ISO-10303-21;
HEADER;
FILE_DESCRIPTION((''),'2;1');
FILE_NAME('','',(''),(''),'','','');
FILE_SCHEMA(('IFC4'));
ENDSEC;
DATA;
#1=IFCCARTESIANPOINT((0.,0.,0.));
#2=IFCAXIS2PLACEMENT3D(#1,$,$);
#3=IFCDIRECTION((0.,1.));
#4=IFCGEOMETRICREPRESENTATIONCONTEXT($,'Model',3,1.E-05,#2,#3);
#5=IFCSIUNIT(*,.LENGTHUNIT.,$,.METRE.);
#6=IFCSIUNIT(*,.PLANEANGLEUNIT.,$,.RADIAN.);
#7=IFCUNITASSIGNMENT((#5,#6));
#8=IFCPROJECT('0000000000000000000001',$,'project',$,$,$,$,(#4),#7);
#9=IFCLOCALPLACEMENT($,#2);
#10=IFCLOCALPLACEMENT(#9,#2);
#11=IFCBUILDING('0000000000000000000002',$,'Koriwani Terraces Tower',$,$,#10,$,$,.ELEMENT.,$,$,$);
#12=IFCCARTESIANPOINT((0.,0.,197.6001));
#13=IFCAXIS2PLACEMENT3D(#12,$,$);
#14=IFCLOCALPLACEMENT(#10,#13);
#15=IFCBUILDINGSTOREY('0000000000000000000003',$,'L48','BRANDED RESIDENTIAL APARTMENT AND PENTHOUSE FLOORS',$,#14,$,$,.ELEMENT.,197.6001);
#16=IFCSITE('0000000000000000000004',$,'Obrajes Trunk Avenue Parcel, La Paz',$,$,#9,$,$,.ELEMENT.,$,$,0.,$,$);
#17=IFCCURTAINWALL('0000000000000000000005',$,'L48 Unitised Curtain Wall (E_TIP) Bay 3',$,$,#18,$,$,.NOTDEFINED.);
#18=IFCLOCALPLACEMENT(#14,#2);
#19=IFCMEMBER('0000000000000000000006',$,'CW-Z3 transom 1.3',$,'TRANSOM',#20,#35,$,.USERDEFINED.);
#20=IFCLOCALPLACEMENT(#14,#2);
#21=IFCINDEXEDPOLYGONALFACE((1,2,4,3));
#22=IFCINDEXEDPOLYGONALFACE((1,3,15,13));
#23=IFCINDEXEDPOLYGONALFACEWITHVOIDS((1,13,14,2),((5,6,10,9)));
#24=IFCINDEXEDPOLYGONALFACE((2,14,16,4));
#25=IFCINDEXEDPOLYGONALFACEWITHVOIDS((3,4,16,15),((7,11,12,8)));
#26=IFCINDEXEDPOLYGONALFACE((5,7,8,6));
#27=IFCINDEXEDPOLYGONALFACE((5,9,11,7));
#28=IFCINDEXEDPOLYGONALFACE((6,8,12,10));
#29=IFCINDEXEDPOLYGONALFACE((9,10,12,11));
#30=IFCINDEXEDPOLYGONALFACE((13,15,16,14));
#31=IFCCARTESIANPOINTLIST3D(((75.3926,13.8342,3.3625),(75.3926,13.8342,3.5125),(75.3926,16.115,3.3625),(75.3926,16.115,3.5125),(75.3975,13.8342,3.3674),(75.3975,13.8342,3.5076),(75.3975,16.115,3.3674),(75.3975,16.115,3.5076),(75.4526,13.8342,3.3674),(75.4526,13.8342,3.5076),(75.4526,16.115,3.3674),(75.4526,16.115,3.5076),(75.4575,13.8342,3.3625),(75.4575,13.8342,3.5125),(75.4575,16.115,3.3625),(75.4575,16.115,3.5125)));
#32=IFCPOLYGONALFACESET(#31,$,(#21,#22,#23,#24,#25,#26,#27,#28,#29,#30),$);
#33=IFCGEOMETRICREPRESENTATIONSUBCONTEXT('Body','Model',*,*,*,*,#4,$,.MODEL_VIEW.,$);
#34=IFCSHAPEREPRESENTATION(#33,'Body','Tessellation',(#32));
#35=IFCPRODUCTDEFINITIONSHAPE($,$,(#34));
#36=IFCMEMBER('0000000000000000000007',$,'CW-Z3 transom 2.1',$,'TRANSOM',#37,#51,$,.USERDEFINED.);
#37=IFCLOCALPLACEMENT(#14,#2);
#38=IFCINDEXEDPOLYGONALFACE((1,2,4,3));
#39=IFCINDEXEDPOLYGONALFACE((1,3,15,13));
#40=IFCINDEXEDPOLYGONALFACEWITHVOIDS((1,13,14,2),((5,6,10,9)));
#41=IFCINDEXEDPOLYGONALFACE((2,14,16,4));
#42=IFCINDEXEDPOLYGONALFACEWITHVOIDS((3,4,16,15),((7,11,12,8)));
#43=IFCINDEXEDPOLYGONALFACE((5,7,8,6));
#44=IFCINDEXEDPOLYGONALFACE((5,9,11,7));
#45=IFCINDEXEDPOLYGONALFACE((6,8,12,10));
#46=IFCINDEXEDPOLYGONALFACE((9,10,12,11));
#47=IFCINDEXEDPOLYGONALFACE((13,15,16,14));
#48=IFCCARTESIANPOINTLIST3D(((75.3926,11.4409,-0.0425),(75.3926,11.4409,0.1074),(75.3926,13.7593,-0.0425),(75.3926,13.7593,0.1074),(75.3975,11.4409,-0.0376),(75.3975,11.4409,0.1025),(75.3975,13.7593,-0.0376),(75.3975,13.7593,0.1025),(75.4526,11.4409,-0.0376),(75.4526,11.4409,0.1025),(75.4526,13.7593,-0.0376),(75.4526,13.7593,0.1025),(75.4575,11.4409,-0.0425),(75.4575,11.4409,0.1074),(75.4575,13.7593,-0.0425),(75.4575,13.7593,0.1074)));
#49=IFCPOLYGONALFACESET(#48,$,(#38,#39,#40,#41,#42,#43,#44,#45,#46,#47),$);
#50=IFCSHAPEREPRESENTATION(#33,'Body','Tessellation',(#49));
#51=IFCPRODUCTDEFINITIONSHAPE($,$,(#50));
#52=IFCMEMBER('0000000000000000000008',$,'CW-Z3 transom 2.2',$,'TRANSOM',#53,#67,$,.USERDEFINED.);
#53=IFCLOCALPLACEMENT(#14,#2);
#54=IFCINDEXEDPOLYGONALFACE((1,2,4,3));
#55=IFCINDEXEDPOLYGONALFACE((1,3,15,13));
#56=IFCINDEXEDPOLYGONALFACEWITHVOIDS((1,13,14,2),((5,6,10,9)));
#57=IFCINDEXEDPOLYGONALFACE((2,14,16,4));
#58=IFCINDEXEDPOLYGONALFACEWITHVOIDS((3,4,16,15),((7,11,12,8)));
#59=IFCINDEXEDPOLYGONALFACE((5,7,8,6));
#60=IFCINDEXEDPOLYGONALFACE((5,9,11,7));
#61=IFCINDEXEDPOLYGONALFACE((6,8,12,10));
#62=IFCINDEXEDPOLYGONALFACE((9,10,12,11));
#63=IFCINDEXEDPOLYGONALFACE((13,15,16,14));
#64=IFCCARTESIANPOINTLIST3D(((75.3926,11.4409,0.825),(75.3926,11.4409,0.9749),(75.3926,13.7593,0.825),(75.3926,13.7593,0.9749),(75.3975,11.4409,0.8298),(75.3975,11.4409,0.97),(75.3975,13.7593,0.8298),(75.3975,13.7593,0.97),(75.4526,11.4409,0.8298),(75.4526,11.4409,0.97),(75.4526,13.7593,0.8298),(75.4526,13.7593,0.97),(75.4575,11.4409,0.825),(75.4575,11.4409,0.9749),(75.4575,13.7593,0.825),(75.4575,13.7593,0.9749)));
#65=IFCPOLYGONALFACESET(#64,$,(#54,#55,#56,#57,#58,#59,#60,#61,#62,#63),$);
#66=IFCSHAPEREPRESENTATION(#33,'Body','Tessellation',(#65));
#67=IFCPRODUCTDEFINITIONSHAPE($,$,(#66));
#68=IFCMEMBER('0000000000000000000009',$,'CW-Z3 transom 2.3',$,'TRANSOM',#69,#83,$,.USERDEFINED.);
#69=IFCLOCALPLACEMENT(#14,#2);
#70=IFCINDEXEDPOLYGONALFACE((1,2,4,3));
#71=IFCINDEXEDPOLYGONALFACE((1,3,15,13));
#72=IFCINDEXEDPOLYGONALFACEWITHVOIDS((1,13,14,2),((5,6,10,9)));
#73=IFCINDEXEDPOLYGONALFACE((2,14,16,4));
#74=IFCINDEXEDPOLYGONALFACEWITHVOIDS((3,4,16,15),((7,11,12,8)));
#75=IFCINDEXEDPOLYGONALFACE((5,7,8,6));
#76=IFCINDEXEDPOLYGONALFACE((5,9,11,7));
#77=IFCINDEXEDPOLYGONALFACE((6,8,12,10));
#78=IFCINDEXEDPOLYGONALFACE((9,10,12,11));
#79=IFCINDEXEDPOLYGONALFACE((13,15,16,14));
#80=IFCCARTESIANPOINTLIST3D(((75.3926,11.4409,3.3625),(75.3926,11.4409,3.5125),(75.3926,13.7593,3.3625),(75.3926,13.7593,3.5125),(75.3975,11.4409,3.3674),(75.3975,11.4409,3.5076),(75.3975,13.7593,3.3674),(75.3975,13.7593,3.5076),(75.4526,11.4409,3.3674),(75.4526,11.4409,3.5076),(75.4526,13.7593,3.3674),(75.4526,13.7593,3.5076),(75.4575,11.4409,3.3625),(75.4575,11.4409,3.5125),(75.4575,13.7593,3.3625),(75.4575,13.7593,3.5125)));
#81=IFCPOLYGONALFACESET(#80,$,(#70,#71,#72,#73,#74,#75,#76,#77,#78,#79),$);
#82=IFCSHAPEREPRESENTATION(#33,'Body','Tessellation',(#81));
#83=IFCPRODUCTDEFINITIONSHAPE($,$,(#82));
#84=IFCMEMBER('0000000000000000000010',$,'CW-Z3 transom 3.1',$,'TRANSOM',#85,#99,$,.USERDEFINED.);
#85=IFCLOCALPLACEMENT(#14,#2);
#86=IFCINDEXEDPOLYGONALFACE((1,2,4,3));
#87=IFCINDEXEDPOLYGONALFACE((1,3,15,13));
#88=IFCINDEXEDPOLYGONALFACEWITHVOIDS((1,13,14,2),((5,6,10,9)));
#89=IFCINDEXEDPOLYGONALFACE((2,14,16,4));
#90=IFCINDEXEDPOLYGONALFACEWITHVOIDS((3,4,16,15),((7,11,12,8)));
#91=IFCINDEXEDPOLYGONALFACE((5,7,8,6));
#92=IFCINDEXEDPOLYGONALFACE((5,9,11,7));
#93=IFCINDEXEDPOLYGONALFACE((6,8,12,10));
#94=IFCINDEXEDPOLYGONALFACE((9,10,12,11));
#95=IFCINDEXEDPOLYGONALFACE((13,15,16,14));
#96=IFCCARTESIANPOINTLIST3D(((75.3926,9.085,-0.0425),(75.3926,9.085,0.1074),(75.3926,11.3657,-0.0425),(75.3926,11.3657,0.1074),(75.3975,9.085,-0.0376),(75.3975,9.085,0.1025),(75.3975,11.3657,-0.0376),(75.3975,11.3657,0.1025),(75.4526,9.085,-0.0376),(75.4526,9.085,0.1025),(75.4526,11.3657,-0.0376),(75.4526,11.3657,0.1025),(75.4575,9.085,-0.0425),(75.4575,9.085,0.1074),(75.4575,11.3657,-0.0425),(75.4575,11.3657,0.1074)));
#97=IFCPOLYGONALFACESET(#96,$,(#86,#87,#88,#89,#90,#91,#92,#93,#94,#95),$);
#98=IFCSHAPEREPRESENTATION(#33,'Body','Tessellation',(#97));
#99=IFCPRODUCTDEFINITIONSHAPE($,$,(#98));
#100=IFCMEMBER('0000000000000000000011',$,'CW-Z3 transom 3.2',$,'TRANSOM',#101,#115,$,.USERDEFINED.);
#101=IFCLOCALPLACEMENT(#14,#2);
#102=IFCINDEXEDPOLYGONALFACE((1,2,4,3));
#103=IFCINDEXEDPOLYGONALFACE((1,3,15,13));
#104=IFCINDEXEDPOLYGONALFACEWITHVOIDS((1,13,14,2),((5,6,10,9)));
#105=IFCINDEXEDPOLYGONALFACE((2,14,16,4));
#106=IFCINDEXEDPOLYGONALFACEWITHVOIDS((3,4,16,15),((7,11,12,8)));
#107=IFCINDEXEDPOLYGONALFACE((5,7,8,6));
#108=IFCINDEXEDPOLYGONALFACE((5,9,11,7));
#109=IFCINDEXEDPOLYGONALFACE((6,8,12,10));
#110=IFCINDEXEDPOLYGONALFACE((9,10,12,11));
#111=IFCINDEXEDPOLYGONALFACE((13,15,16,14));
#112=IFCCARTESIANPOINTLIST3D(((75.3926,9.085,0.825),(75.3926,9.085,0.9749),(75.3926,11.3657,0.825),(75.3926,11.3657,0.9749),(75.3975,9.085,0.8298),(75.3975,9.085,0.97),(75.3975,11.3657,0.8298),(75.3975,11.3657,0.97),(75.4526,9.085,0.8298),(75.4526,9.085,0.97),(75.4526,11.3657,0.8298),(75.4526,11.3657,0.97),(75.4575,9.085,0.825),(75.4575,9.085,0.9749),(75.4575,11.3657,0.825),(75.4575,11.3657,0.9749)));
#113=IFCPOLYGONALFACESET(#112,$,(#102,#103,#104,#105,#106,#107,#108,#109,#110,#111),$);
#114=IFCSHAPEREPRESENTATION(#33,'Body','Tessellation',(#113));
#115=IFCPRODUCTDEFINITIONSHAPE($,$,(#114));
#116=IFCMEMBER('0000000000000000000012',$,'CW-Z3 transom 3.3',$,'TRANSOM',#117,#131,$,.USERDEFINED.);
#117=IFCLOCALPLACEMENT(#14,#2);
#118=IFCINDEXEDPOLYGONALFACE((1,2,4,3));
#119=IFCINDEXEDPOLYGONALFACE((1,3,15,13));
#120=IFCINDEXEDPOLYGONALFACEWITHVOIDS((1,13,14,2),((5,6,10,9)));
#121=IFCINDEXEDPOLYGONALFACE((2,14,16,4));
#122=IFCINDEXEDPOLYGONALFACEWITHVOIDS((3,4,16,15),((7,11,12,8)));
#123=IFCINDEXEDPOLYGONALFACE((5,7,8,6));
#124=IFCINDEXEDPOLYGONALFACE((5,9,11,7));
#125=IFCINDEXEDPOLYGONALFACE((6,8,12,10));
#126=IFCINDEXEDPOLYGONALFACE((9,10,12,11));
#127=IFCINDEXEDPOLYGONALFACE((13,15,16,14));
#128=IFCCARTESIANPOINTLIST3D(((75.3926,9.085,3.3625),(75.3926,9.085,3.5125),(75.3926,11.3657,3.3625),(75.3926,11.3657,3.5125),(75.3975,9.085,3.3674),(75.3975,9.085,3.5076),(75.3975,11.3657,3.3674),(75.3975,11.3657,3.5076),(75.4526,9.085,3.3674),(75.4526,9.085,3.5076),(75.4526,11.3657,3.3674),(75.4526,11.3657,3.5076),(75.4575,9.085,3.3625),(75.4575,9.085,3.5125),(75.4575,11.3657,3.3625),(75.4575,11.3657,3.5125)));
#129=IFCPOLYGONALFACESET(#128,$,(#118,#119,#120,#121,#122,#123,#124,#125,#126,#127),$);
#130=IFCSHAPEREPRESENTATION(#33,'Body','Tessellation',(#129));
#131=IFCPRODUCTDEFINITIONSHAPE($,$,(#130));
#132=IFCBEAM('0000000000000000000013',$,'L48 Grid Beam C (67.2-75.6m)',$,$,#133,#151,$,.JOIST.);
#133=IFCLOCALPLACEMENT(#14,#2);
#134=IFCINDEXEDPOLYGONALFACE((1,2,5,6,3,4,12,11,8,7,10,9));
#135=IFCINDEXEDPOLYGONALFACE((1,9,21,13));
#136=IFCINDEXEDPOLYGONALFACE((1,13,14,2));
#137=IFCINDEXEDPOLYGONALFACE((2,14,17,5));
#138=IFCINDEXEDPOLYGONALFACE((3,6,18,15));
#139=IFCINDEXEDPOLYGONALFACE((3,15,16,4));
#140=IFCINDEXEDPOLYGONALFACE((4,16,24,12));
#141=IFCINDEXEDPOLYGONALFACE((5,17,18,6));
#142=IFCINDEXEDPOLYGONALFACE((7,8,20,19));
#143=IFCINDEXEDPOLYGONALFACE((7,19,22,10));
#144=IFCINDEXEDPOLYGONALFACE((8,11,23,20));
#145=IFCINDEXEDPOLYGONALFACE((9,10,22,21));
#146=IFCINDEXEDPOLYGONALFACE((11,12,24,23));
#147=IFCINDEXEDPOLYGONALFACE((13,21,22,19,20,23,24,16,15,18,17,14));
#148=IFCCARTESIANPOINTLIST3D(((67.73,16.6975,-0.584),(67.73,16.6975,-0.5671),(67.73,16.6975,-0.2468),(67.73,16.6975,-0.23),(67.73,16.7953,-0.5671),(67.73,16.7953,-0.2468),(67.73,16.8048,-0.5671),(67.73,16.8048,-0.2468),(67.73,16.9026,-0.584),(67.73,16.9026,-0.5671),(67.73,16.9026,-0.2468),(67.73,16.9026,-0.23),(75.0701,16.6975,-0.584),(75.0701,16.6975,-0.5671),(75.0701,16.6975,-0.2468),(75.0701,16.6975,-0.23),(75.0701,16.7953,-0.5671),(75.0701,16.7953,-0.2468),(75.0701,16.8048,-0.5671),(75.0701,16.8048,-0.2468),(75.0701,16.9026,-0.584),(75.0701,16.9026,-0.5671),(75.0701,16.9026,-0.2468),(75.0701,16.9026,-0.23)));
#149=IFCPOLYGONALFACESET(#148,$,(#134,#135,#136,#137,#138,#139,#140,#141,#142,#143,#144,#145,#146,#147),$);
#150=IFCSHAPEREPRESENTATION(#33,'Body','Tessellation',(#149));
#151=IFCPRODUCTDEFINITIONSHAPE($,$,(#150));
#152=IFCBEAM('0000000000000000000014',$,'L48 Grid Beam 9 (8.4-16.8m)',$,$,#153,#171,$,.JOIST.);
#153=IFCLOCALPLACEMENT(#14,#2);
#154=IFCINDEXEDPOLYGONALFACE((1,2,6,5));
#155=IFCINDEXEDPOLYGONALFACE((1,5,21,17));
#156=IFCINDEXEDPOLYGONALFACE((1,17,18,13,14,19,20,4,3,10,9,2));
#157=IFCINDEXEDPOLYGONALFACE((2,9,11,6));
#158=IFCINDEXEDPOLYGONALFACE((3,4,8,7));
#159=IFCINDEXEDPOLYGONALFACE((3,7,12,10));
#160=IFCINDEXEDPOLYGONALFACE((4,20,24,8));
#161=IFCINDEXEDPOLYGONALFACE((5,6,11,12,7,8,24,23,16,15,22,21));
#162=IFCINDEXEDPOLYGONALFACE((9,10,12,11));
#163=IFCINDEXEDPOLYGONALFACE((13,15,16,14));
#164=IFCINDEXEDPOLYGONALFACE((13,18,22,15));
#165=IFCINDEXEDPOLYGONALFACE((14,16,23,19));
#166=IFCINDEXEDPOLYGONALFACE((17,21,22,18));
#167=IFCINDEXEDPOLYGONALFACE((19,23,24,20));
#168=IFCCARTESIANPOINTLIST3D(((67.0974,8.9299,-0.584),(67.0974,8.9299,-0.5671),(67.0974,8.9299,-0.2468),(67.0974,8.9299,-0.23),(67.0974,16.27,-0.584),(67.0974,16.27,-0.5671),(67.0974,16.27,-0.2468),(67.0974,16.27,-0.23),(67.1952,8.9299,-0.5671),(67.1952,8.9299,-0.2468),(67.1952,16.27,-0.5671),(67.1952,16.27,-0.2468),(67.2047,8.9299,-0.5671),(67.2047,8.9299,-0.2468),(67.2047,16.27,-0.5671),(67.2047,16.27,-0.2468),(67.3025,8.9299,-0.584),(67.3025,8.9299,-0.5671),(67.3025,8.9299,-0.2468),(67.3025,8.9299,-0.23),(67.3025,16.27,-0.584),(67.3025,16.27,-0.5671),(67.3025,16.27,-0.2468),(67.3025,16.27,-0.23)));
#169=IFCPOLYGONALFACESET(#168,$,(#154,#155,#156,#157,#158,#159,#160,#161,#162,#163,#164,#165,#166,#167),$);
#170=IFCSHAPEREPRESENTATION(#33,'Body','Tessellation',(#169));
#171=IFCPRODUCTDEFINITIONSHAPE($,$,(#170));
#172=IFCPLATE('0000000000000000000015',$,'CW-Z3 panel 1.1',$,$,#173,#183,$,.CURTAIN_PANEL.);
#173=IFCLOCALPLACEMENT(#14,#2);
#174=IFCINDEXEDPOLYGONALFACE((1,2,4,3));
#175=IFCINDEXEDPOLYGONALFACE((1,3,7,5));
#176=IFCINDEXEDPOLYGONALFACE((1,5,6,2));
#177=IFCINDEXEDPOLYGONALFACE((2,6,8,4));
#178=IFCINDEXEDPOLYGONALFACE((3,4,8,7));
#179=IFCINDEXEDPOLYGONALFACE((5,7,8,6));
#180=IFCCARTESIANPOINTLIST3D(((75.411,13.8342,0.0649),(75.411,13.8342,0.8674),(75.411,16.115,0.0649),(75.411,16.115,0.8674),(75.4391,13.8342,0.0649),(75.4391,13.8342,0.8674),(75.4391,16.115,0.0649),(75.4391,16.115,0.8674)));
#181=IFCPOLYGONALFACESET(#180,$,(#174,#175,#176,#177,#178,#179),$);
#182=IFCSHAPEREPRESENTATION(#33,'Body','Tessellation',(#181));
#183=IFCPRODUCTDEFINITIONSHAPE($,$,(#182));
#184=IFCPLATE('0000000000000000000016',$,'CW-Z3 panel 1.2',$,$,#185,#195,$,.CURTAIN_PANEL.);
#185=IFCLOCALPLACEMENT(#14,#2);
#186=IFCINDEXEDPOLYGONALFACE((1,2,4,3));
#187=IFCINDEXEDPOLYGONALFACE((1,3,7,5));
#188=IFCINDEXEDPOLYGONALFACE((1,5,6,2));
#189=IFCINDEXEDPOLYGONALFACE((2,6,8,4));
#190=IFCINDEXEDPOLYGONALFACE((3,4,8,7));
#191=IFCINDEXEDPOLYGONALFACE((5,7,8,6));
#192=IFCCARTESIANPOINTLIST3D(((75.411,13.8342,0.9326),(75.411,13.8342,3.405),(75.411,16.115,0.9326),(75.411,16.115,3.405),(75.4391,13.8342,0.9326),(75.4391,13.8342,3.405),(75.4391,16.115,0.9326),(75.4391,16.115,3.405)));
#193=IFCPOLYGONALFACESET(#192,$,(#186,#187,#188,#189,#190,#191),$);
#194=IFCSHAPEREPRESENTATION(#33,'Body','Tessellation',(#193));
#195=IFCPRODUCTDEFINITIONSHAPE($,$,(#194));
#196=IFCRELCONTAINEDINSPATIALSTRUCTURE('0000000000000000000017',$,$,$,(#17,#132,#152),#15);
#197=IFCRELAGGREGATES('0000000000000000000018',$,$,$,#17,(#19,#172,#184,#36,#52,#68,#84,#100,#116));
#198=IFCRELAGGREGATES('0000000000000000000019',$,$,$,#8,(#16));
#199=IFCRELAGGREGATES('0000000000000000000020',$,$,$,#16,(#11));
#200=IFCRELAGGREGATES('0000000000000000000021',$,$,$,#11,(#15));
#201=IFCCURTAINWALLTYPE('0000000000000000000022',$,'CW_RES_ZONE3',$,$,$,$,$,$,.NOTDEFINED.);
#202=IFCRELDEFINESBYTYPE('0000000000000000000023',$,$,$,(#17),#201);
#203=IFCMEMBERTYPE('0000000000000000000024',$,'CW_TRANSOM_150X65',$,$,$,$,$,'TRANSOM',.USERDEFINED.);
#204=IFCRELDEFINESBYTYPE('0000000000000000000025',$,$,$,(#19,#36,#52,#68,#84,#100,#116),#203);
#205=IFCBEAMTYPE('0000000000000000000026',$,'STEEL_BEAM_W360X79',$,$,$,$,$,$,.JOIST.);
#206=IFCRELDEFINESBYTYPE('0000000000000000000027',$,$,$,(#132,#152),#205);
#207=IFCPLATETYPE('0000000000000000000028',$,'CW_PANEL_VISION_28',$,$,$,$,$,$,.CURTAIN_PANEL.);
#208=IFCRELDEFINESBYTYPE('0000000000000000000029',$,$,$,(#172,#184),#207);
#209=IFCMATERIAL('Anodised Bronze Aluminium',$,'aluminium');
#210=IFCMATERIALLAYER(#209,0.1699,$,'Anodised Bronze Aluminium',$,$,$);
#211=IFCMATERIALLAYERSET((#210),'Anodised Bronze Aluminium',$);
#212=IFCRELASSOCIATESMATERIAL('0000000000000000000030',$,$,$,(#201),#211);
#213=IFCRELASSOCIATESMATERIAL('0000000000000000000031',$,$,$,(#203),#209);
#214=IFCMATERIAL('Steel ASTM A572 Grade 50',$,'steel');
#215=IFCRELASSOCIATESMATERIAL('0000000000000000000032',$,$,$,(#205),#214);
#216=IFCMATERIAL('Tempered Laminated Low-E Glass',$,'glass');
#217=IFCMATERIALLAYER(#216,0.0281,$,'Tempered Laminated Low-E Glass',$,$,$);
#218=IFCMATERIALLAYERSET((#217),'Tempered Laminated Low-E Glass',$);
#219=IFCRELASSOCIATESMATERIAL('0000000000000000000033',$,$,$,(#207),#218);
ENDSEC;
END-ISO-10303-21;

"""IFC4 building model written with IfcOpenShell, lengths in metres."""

from ifc_helpers import new_model, si_unit, direction, frame, origin, origin_2d, place, context, subcontext, project, spatial, rectangle, hollow_rectangle, i_section, extrude, material, layer, layer_set, material_profile, profile_set, type_object, element, aggregate, save


model = new_model("IFC4")

# Units and contexts
model_context = context("Model", 3, precision=1e-05, world=origin(), true_north=direction((0.0, 1.0)))
body_context = subcontext(model_context, "Body", "Model", "MODEL_VIEW")
ifc_project = project(units=[si_unit("LENGTHUNIT", "METRE"), si_unit("PLANEANGLEUNIT", "RADIAN")], contexts=[model_context])

# Site, building, storey
site_placement = place(None, origin())
site = spatial("IfcSite", under=ifc_project, at=site_placement, Name="Obrajes Trunk Avenue Parcel, La Paz", CompositionType="ELEMENT", RefElevation=0.0)
building_placement = place(site_placement, origin())
building = spatial("IfcBuilding", under=site, at=building_placement, Name="Koriwani Terraces Tower", CompositionType="ELEMENT")
storey_placement = place(building_placement, frame((0.0, 0.0, 197.6001)))
storey = spatial("IfcBuildingStorey", under=building, at=storey_placement, Name="L48", Description="BRANDED RESIDENTIAL APARTMENT AND PENTHOUSE FLOORS", CompositionType="ELEMENT", Elevation=197.6001)

# Shared definitions
ifc_material_1 = material(Name="Anodised Bronze Aluminium", Category="aluminium")
ifc_layer_1 = layer(ifc_material_1, 0.1699, Name="Anodised Bronze Aluminium")
ifc_layer_set_1 = layer_set([ifc_layer_1], Name="Anodised Bronze Aluminium")
curtain_wall_type = type_object("IfcCurtainWallType", Name="CW_RES_ZONE3", PredefinedType="NOTDEFINED", material=ifc_layer_set_1)

# Curtain wall, members
curtain_wall_1_placement = place(storey_placement, origin())
curtain_wall_1 = element("IfcCurtainWall", 1, at=curtain_wall_1_placement, inside=storey, type_object=curtain_wall_type, Name="L48 Unitised Curtain Wall (E_TIP) Bay 3", PredefinedType="NOTDEFINED")
ifc_material_profile_1 = material_profile(ifc_material_1, hollow_rectangle(XDim=0.0649, YDim=0.1499, WallThickness=0.0049, at=origin_2d()), Name="Anodised Bronze Aluminium", Category="LoadBearing")
ifc_profile_set_1 = profile_set([ifc_material_profile_1], Name="Anodised Bronze Aluminium")
member_type_1 = type_object("IfcMemberType", Name="CW_TRANSOM_150X65", ElementType="TRANSOM", PredefinedType="USERDEFINED", material=ifc_profile_set_1)
member_1_placement = place(storey_placement, frame((75.425, 16.115, 3.4375), z_axis=(0.0, -1.0, 0.0), x_axis=(1.0, 0.0, 0.0)))
member_1 = element("IfcMember", 2, at=member_1_placement, type_object=member_type_1, Name="CW-Z3 transom 1.3", ObjectType="TRANSOM", PredefinedType="USERDEFINED", context=body_context, shape_type="SweptSolid", body=[
    extrude(hollow_rectangle(XDim=0.0649, YDim=0.1499, WallThickness=0.0049, at=origin_2d()), origin(), (0.0, 0.0, 1.0), 2.2808),
])
member_2_placement = place(storey_placement, frame((75.425, 13.7593, 0.0325), z_axis=(0.0, -1.0, 0.0), x_axis=(1.0, 0.0, 0.0)))
member_2 = element("IfcMember", 3, at=member_2_placement, type_object=member_type_1, Name="CW-Z3 transom 2.1", ObjectType="TRANSOM", PredefinedType="USERDEFINED", context=body_context, shape_type="SweptSolid", body=[
    extrude(hollow_rectangle(XDim=0.0649, YDim=0.1499, WallThickness=0.0049, at=origin_2d()), origin(), (0.0, 0.0, 1.0), 2.3184),
])
member_3_placement = place(storey_placement, frame((75.425, 13.7593, 0.8999), z_axis=(0.0, -1.0, 0.0), x_axis=(1.0, 0.0, 0.0)))
member_3 = element("IfcMember", 4, at=member_3_placement, type_object=member_type_1, Name="CW-Z3 transom 2.2", ObjectType="TRANSOM", PredefinedType="USERDEFINED", context=body_context, shape_type="SweptSolid", body=[
    extrude(hollow_rectangle(XDim=0.0649, YDim=0.1499, WallThickness=0.0049, at=origin_2d()), origin(), (0.0, 0.0, 1.0), 2.3184),
])
member_4_placement = place(storey_placement, frame((75.425, 13.7593, 3.4375), z_axis=(0.0, -1.0, 0.0), x_axis=(1.0, 0.0, 0.0)))
member_4 = element("IfcMember", 5, at=member_4_placement, type_object=member_type_1, Name="CW-Z3 transom 2.3", ObjectType="TRANSOM", PredefinedType="USERDEFINED", context=body_context, shape_type="SweptSolid", body=[
    extrude(hollow_rectangle(XDim=0.0649, YDim=0.1499, WallThickness=0.0049, at=origin_2d()), origin(), (0.0, 0.0, 1.0), 2.3184),
])
member_5_placement = place(storey_placement, frame((75.425, 11.3657, 0.0325), z_axis=(0.0, -1.0, 0.0), x_axis=(1.0, 0.0, 0.0)))
member_5 = element("IfcMember", 6, at=member_5_placement, type_object=member_type_1, Name="CW-Z3 transom 3.1", ObjectType="TRANSOM", PredefinedType="USERDEFINED", context=body_context, shape_type="SweptSolid", body=[
    extrude(hollow_rectangle(XDim=0.0649, YDim=0.1499, WallThickness=0.0049, at=origin_2d()), origin(), (0.0, 0.0, 1.0), 2.2808),
])
member_6_placement = place(storey_placement, frame((75.425, 11.3657, 0.8999), z_axis=(0.0, -1.0, 0.0), x_axis=(1.0, 0.0, 0.0)))
member_6 = element("IfcMember", 7, at=member_6_placement, type_object=member_type_1, Name="CW-Z3 transom 3.2", ObjectType="TRANSOM", PredefinedType="USERDEFINED", context=body_context, shape_type="SweptSolid", body=[
    extrude(hollow_rectangle(XDim=0.0649, YDim=0.1499, WallThickness=0.0049, at=origin_2d()), origin(), (0.0, 0.0, 1.0), 2.2808),
])
member_7_placement = place(storey_placement, frame((75.425, 11.3657, 3.4375), z_axis=(0.0, -1.0, 0.0), x_axis=(1.0, 0.0, 0.0)))
member_7 = element("IfcMember", 8, at=member_7_placement, type_object=member_type_1, Name="CW-Z3 transom 3.3", ObjectType="TRANSOM", PredefinedType="USERDEFINED", context=body_context, shape_type="SweptSolid", body=[
    extrude(hollow_rectangle(XDim=0.0649, YDim=0.1499, WallThickness=0.0049, at=origin_2d()), origin(), (0.0, 0.0, 1.0), 2.2808),
])

# Beams
ifc_material_2 = material(Name="Steel ASTM A572 Grade 50", Category="steel")
ifc_material_profile_2 = material_profile(ifc_material_2, i_section(OverallWidth=0.2051, OverallDepth=0.354, WebThickness=0.0095, FlangeThickness=0.0168, at=origin_2d()), Name="Steel ASTM A572 Grade 50", Category="LoadBearing")
ifc_profile_set_2 = profile_set([ifc_material_profile_2], Name="Steel ASTM A572 Grade 50")
beam_type_1 = type_object("IfcBeamType", Name="STEEL_BEAM_W360X79", PredefinedType="JOIST", material=ifc_profile_set_2)
for number, where, z_axis, x_axis, name in (
    (9, (67.73, 16.8, -0.407), (1.0, 0.0, 0.0), (0.0, 1.0, 0.0), "L48 Grid Beam C (67.2-75.6m)"),
    (10, (67.2, 8.9299, -0.407), (0.0, 1.0, 0.0), (-1.0, 0.0, 0.0), "L48 Grid Beam 9 (8.4-16.8m)"),
):
    element("IfcBeam", number, at=place(storey_placement, frame(where, z_axis=z_axis, x_axis=x_axis)), inside=storey, type_object=beam_type_1, Name=name, PredefinedType="JOIST", context=body_context, shape_type="SweptSolid", body=[
        extrude(i_section(OverallWidth=0.2051, OverallDepth=0.354, WebThickness=0.0095, FlangeThickness=0.0168, at=origin_2d()), origin(), (0.0, 0.0, 1.0), 7.3401),
    ])

# Plates
ifc_material_3 = material(Name="Tempered Laminated Low-E Glass", Category="glass")
ifc_layer_2 = layer(ifc_material_3, 0.0281, Name="Tempered Laminated Low-E Glass")
ifc_layer_set_2 = layer_set([ifc_layer_2], Name="Tempered Laminated Low-E Glass")
plate_type = type_object("IfcPlateType", Name="CW_PANEL_VISION_28", PredefinedType="CURTAIN_PANEL", material=ifc_layer_set_2)
plate_1_placement = place(storey_placement, frame((75.425, 14.9746, 0.0649), z_axis=(0.0, 0.0, 1.0), x_axis=(0.0, -1.0, 0.0)))
plate_1 = element("IfcPlate", 11, at=plate_1_placement, type_object=plate_type, Name="CW-Z3 panel 1.1", PredefinedType="CURTAIN_PANEL", context=body_context, shape_type="SweptSolid", body=[
    extrude(rectangle(XDim=2.2808, YDim=0.0281, at=origin_2d()), origin(), (0.0, 0.0, 1.0), 0.8025),
])
plate_2_placement = place(storey_placement, frame((75.425, 14.9746, 0.9326), z_axis=(0.0, 0.0, 1.0), x_axis=(0.0, -1.0, 0.0)))
plate_2 = element("IfcPlate", 12, at=plate_2_placement, type_object=plate_type, Name="CW-Z3 panel 1.2", PredefinedType="CURTAIN_PANEL", context=body_context, shape_type="SweptSolid", body=[
    extrude(rectangle(XDim=2.2808, YDim=0.0281, at=origin_2d()), origin(), (0.0, 0.0, 1.0), 2.4724),
])
aggregate(curtain_wall_1, [member_1, plate_1, plate_2, member_2, member_3, member_4, member_5, member_6, member_7])

save(model, "model.ifc")
